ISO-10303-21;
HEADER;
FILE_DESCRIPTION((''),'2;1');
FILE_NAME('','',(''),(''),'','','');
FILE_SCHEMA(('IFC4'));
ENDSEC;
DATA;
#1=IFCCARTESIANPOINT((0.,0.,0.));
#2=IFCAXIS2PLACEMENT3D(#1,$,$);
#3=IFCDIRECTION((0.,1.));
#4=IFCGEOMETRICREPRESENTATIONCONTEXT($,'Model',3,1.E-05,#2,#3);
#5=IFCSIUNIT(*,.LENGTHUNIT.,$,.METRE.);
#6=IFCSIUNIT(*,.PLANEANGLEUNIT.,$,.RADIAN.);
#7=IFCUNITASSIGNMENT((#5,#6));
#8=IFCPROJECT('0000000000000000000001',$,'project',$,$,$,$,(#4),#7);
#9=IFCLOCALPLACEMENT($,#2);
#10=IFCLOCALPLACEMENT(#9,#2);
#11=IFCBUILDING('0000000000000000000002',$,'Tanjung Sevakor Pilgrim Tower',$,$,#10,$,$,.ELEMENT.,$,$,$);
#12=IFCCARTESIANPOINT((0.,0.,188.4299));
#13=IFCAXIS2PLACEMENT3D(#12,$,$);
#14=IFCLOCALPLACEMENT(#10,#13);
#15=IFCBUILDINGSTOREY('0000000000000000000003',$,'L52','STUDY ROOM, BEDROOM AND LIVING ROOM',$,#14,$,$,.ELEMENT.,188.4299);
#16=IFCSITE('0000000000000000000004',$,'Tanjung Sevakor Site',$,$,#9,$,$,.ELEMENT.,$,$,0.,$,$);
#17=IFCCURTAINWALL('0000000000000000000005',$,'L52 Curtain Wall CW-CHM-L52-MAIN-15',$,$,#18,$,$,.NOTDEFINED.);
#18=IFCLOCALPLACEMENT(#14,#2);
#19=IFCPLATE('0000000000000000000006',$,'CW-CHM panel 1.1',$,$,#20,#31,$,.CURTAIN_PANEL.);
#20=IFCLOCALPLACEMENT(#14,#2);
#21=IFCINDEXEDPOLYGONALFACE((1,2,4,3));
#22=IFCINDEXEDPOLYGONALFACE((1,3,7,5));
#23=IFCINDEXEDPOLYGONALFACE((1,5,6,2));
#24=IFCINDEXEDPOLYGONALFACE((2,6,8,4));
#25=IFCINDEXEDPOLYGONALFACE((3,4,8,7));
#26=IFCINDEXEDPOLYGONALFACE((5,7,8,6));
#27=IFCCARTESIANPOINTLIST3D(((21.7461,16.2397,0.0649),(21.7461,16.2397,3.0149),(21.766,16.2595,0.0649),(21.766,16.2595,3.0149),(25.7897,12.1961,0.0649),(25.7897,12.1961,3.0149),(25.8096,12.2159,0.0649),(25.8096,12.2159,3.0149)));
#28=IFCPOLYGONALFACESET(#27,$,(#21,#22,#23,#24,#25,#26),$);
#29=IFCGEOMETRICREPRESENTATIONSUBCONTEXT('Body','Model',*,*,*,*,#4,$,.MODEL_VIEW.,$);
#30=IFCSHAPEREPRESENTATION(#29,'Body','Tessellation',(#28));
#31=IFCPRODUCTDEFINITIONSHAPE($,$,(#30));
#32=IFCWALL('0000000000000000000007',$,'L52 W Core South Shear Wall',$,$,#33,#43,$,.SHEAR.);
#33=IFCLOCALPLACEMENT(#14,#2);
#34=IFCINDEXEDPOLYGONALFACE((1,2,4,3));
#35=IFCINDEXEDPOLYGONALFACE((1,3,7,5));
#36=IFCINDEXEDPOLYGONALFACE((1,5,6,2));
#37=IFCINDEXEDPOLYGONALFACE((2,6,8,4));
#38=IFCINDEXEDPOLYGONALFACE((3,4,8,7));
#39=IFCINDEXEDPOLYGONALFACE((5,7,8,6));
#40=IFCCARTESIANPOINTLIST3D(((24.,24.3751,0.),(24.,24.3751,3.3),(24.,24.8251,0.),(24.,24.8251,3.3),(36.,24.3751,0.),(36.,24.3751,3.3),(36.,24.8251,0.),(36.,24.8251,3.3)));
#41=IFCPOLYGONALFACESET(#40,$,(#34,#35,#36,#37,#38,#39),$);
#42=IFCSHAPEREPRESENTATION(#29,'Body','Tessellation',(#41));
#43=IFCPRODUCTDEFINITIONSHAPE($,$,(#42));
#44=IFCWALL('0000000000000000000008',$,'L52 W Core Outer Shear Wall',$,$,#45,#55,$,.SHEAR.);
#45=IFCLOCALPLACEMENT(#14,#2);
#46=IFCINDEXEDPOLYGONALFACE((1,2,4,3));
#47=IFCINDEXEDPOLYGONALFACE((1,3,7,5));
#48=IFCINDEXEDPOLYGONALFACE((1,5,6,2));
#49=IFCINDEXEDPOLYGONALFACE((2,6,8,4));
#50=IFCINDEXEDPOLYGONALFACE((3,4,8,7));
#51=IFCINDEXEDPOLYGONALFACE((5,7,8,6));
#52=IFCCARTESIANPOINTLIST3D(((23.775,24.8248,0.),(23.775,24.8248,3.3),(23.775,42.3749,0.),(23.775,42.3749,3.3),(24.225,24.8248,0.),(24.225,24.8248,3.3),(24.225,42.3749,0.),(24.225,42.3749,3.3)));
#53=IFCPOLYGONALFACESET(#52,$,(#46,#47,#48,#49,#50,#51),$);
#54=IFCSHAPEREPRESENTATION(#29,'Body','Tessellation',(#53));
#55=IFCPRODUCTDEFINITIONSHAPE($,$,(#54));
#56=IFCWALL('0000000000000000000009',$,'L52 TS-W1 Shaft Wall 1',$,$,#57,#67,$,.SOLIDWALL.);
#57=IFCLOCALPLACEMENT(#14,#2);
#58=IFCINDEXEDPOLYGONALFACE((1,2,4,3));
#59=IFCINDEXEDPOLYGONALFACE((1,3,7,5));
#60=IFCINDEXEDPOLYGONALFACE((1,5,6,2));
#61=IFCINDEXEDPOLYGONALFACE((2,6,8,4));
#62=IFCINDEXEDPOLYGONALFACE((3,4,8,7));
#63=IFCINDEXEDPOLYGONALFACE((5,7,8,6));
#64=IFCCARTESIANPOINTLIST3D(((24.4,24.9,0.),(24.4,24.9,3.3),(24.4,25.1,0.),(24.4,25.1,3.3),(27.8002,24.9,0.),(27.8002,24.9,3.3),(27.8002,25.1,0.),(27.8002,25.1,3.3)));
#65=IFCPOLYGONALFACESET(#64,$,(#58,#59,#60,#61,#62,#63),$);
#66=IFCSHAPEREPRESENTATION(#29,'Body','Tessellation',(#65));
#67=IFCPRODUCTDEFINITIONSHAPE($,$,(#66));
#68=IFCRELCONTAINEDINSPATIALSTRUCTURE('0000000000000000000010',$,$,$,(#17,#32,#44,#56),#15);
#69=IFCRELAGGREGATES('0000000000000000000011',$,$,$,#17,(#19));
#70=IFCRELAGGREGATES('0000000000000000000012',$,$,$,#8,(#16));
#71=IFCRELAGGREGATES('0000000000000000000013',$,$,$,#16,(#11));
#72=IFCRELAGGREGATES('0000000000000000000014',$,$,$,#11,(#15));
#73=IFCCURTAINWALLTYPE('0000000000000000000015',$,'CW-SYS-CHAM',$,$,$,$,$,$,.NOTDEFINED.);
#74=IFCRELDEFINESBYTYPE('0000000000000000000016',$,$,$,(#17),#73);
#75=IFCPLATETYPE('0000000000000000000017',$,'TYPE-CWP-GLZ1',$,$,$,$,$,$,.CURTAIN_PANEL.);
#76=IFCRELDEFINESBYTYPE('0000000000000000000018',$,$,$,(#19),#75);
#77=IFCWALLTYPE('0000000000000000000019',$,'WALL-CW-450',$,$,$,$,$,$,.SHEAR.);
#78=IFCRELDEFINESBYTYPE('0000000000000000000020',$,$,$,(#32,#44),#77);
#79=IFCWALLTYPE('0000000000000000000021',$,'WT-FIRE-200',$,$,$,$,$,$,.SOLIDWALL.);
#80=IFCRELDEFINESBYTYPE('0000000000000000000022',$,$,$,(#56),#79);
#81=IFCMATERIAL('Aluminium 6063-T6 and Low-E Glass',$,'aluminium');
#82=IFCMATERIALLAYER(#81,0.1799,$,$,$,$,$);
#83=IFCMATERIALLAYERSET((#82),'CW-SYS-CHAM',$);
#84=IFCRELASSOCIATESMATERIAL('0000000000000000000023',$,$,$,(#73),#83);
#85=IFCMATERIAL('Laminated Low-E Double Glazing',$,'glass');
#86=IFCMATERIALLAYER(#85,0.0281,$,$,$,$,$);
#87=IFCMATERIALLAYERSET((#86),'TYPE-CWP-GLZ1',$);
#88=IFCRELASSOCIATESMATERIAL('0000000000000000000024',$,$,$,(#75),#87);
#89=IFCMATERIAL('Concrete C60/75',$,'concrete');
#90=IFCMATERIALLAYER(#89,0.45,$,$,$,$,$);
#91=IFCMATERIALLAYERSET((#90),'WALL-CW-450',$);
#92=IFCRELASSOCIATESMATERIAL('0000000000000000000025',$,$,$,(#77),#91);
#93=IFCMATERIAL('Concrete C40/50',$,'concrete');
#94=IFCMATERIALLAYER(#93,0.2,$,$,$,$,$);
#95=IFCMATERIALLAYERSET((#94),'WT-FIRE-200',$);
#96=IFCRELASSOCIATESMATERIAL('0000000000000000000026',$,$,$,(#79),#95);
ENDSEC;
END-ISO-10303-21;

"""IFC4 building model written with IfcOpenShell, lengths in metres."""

from ifc_helpers import new_model, si_unit, direction, frame, frame_2d, origin, origin_2d, place, context, subcontext, project, spatial, rectangle, extrude, material, layer, layer_set, type_object, element, aggregate, save


model = new_model("IFC4")

# Units and contexts
model_context = context("Model", 3, precision=1e-05, world=origin(), true_north=direction((0.0, 1.0)))
body_context = subcontext(model_context, "Body", "Model", "MODEL_VIEW")
ifc_project = project(units=[si_unit("LENGTHUNIT", "METRE"), si_unit("PLANEANGLEUNIT", "RADIAN")], contexts=[model_context])

# Site, building, storey
site_placement = place(None, origin())
site = spatial("IfcSite", under=ifc_project, at=site_placement, Name="Tanjung Sevakor Site", CompositionType="ELEMENT", RefElevation=0.0)
building_placement = place(site_placement, origin())
building = spatial("IfcBuilding", under=site, at=building_placement, Name="Tanjung Sevakor Pilgrim Tower", CompositionType="ELEMENT")
storey_placement = place(building_placement, frame((0.0, 0.0, 188.4299)))
storey = spatial("IfcBuildingStorey", under=building, at=storey_placement, Name="L52", Description="STUDY ROOM, BEDROOM AND LIVING ROOM", CompositionType="ELEMENT", Elevation=188.4299)

# Curtain wall
ifc_material_1 = material(Name="Aluminium 6063-T6 and Low-E Glass", Category="aluminium")
ifc_layer_1 = layer(ifc_material_1, 0.1799)
ifc_layer_set_1 = layer_set([ifc_layer_1], Name="CW-SYS-CHAM")
curtain_wall_type = type_object("IfcCurtainWallType", Name="CW-SYS-CHAM", PredefinedType="NOTDEFINED", material=ifc_layer_set_1)
curtain_wall_placement = place(storey_placement, origin())
curtain_wall = element("IfcCurtainWall", 1, at=curtain_wall_placement, inside=storey, type_object=curtain_wall_type, Name="L52 Curtain Wall CW-CHM-L52-MAIN-15", PredefinedType="NOTDEFINED")

# Plate
ifc_material_2 = material(Name="Laminated Low-E Double Glazing", Category="glass")
ifc_layer_2 = layer(ifc_material_2, 0.0281)
ifc_layer_set_2 = layer_set([ifc_layer_2], Name="TYPE-CWP-GLZ1")
plate_type = type_object("IfcPlateType", Name="TYPE-CWP-GLZ1", PredefinedType="CURTAIN_PANEL", material=ifc_layer_set_2)
plate_placement = place(storey_placement, frame((23.7778, 14.2278, 0.0649), z_axis=(0.0, 0.0, 1.0), x_axis=(0.707107, -0.707107, 0.0)))
plate = element("IfcPlate", 2, at=plate_placement, type_object=plate_type, Name="CW-CHM panel 1.1", PredefinedType="CURTAIN_PANEL", context=body_context, shape_type="SweptSolid", body=[
    extrude(rectangle(XDim=5.7185, YDim=0.0281, at=origin_2d()), origin(), (0.0, 0.0, 1.0), 2.95),
])
aggregate(curtain_wall, [plate])

# Walls
ifc_material_3 = material(Name="Concrete C60/75", Category="concrete")
ifc_layer_3 = layer(ifc_material_3, 0.45)
ifc_layer_set_3 = layer_set([ifc_layer_3], Name="WALL-CW-450")
wall_type_1 = type_object("IfcWallType", Name="WALL-CW-450", PredefinedType="SHEAR", material=ifc_layer_set_3)
wall_1_placement = place(storey_placement, frame((24.0, 24.6001, 0.0), z_axis=(0.0, 0.0, 1.0), x_axis=(1.0, 0.0, 0.0)))
element("IfcWall", 3, at=wall_1_placement, inside=storey, type_object=wall_type_1, Name="L52 W Core South Shear Wall", PredefinedType="SHEAR", context=body_context, shape_type="SweptSolid", body=[
    extrude(rectangle(XDim=12.0, YDim=0.45, at=frame_2d((6.0, 0.0))), origin(), (0.0, 0.0, 1.0), 3.3),
])
wall_2_placement = place(storey_placement, frame((24.0, 24.825, 0.0), z_axis=(0.0, 0.0, 1.0), x_axis=(0.0, 1.0, 0.0)))
element("IfcWall", 4, at=wall_2_placement, inside=storey, type_object=wall_type_1, Name="L52 W Core Outer Shear Wall", PredefinedType="SHEAR", context=body_context, shape_type="SweptSolid", body=[
    extrude(rectangle(XDim=17.55, YDim=0.45, at=frame_2d((8.7749, 0.0))), origin(), (0.0, 0.0, 1.0), 3.3),
])
ifc_material_4 = material(Name="Concrete C40/50", Category="concrete")
ifc_layer_4 = layer(ifc_material_4, 0.2)
ifc_layer_set_4 = layer_set([ifc_layer_4], Name="WT-FIRE-200")
wall_type_2 = type_object("IfcWallType", Name="WT-FIRE-200", PredefinedType="SOLIDWALL", material=ifc_layer_set_4)
wall_3_placement = place(storey_placement, frame((24.3999, 25.0, 0.0), z_axis=(0.0, 0.0, 1.0), x_axis=(1.0, 0.0, 0.0)))
element("IfcWall", 5, at=wall_3_placement, inside=storey, type_object=wall_type_2, Name="L52 TS-W1 Shaft Wall 1", PredefinedType="SOLIDWALL", context=body_context, shape_type="SweptSolid", body=[
    extrude(rectangle(XDim=3.4001, YDim=0.2, at=frame_2d((1.7002, 0.0))), origin(), (0.0, 0.0, 1.0), 3.3),
])

save(model, "model.ifc")
